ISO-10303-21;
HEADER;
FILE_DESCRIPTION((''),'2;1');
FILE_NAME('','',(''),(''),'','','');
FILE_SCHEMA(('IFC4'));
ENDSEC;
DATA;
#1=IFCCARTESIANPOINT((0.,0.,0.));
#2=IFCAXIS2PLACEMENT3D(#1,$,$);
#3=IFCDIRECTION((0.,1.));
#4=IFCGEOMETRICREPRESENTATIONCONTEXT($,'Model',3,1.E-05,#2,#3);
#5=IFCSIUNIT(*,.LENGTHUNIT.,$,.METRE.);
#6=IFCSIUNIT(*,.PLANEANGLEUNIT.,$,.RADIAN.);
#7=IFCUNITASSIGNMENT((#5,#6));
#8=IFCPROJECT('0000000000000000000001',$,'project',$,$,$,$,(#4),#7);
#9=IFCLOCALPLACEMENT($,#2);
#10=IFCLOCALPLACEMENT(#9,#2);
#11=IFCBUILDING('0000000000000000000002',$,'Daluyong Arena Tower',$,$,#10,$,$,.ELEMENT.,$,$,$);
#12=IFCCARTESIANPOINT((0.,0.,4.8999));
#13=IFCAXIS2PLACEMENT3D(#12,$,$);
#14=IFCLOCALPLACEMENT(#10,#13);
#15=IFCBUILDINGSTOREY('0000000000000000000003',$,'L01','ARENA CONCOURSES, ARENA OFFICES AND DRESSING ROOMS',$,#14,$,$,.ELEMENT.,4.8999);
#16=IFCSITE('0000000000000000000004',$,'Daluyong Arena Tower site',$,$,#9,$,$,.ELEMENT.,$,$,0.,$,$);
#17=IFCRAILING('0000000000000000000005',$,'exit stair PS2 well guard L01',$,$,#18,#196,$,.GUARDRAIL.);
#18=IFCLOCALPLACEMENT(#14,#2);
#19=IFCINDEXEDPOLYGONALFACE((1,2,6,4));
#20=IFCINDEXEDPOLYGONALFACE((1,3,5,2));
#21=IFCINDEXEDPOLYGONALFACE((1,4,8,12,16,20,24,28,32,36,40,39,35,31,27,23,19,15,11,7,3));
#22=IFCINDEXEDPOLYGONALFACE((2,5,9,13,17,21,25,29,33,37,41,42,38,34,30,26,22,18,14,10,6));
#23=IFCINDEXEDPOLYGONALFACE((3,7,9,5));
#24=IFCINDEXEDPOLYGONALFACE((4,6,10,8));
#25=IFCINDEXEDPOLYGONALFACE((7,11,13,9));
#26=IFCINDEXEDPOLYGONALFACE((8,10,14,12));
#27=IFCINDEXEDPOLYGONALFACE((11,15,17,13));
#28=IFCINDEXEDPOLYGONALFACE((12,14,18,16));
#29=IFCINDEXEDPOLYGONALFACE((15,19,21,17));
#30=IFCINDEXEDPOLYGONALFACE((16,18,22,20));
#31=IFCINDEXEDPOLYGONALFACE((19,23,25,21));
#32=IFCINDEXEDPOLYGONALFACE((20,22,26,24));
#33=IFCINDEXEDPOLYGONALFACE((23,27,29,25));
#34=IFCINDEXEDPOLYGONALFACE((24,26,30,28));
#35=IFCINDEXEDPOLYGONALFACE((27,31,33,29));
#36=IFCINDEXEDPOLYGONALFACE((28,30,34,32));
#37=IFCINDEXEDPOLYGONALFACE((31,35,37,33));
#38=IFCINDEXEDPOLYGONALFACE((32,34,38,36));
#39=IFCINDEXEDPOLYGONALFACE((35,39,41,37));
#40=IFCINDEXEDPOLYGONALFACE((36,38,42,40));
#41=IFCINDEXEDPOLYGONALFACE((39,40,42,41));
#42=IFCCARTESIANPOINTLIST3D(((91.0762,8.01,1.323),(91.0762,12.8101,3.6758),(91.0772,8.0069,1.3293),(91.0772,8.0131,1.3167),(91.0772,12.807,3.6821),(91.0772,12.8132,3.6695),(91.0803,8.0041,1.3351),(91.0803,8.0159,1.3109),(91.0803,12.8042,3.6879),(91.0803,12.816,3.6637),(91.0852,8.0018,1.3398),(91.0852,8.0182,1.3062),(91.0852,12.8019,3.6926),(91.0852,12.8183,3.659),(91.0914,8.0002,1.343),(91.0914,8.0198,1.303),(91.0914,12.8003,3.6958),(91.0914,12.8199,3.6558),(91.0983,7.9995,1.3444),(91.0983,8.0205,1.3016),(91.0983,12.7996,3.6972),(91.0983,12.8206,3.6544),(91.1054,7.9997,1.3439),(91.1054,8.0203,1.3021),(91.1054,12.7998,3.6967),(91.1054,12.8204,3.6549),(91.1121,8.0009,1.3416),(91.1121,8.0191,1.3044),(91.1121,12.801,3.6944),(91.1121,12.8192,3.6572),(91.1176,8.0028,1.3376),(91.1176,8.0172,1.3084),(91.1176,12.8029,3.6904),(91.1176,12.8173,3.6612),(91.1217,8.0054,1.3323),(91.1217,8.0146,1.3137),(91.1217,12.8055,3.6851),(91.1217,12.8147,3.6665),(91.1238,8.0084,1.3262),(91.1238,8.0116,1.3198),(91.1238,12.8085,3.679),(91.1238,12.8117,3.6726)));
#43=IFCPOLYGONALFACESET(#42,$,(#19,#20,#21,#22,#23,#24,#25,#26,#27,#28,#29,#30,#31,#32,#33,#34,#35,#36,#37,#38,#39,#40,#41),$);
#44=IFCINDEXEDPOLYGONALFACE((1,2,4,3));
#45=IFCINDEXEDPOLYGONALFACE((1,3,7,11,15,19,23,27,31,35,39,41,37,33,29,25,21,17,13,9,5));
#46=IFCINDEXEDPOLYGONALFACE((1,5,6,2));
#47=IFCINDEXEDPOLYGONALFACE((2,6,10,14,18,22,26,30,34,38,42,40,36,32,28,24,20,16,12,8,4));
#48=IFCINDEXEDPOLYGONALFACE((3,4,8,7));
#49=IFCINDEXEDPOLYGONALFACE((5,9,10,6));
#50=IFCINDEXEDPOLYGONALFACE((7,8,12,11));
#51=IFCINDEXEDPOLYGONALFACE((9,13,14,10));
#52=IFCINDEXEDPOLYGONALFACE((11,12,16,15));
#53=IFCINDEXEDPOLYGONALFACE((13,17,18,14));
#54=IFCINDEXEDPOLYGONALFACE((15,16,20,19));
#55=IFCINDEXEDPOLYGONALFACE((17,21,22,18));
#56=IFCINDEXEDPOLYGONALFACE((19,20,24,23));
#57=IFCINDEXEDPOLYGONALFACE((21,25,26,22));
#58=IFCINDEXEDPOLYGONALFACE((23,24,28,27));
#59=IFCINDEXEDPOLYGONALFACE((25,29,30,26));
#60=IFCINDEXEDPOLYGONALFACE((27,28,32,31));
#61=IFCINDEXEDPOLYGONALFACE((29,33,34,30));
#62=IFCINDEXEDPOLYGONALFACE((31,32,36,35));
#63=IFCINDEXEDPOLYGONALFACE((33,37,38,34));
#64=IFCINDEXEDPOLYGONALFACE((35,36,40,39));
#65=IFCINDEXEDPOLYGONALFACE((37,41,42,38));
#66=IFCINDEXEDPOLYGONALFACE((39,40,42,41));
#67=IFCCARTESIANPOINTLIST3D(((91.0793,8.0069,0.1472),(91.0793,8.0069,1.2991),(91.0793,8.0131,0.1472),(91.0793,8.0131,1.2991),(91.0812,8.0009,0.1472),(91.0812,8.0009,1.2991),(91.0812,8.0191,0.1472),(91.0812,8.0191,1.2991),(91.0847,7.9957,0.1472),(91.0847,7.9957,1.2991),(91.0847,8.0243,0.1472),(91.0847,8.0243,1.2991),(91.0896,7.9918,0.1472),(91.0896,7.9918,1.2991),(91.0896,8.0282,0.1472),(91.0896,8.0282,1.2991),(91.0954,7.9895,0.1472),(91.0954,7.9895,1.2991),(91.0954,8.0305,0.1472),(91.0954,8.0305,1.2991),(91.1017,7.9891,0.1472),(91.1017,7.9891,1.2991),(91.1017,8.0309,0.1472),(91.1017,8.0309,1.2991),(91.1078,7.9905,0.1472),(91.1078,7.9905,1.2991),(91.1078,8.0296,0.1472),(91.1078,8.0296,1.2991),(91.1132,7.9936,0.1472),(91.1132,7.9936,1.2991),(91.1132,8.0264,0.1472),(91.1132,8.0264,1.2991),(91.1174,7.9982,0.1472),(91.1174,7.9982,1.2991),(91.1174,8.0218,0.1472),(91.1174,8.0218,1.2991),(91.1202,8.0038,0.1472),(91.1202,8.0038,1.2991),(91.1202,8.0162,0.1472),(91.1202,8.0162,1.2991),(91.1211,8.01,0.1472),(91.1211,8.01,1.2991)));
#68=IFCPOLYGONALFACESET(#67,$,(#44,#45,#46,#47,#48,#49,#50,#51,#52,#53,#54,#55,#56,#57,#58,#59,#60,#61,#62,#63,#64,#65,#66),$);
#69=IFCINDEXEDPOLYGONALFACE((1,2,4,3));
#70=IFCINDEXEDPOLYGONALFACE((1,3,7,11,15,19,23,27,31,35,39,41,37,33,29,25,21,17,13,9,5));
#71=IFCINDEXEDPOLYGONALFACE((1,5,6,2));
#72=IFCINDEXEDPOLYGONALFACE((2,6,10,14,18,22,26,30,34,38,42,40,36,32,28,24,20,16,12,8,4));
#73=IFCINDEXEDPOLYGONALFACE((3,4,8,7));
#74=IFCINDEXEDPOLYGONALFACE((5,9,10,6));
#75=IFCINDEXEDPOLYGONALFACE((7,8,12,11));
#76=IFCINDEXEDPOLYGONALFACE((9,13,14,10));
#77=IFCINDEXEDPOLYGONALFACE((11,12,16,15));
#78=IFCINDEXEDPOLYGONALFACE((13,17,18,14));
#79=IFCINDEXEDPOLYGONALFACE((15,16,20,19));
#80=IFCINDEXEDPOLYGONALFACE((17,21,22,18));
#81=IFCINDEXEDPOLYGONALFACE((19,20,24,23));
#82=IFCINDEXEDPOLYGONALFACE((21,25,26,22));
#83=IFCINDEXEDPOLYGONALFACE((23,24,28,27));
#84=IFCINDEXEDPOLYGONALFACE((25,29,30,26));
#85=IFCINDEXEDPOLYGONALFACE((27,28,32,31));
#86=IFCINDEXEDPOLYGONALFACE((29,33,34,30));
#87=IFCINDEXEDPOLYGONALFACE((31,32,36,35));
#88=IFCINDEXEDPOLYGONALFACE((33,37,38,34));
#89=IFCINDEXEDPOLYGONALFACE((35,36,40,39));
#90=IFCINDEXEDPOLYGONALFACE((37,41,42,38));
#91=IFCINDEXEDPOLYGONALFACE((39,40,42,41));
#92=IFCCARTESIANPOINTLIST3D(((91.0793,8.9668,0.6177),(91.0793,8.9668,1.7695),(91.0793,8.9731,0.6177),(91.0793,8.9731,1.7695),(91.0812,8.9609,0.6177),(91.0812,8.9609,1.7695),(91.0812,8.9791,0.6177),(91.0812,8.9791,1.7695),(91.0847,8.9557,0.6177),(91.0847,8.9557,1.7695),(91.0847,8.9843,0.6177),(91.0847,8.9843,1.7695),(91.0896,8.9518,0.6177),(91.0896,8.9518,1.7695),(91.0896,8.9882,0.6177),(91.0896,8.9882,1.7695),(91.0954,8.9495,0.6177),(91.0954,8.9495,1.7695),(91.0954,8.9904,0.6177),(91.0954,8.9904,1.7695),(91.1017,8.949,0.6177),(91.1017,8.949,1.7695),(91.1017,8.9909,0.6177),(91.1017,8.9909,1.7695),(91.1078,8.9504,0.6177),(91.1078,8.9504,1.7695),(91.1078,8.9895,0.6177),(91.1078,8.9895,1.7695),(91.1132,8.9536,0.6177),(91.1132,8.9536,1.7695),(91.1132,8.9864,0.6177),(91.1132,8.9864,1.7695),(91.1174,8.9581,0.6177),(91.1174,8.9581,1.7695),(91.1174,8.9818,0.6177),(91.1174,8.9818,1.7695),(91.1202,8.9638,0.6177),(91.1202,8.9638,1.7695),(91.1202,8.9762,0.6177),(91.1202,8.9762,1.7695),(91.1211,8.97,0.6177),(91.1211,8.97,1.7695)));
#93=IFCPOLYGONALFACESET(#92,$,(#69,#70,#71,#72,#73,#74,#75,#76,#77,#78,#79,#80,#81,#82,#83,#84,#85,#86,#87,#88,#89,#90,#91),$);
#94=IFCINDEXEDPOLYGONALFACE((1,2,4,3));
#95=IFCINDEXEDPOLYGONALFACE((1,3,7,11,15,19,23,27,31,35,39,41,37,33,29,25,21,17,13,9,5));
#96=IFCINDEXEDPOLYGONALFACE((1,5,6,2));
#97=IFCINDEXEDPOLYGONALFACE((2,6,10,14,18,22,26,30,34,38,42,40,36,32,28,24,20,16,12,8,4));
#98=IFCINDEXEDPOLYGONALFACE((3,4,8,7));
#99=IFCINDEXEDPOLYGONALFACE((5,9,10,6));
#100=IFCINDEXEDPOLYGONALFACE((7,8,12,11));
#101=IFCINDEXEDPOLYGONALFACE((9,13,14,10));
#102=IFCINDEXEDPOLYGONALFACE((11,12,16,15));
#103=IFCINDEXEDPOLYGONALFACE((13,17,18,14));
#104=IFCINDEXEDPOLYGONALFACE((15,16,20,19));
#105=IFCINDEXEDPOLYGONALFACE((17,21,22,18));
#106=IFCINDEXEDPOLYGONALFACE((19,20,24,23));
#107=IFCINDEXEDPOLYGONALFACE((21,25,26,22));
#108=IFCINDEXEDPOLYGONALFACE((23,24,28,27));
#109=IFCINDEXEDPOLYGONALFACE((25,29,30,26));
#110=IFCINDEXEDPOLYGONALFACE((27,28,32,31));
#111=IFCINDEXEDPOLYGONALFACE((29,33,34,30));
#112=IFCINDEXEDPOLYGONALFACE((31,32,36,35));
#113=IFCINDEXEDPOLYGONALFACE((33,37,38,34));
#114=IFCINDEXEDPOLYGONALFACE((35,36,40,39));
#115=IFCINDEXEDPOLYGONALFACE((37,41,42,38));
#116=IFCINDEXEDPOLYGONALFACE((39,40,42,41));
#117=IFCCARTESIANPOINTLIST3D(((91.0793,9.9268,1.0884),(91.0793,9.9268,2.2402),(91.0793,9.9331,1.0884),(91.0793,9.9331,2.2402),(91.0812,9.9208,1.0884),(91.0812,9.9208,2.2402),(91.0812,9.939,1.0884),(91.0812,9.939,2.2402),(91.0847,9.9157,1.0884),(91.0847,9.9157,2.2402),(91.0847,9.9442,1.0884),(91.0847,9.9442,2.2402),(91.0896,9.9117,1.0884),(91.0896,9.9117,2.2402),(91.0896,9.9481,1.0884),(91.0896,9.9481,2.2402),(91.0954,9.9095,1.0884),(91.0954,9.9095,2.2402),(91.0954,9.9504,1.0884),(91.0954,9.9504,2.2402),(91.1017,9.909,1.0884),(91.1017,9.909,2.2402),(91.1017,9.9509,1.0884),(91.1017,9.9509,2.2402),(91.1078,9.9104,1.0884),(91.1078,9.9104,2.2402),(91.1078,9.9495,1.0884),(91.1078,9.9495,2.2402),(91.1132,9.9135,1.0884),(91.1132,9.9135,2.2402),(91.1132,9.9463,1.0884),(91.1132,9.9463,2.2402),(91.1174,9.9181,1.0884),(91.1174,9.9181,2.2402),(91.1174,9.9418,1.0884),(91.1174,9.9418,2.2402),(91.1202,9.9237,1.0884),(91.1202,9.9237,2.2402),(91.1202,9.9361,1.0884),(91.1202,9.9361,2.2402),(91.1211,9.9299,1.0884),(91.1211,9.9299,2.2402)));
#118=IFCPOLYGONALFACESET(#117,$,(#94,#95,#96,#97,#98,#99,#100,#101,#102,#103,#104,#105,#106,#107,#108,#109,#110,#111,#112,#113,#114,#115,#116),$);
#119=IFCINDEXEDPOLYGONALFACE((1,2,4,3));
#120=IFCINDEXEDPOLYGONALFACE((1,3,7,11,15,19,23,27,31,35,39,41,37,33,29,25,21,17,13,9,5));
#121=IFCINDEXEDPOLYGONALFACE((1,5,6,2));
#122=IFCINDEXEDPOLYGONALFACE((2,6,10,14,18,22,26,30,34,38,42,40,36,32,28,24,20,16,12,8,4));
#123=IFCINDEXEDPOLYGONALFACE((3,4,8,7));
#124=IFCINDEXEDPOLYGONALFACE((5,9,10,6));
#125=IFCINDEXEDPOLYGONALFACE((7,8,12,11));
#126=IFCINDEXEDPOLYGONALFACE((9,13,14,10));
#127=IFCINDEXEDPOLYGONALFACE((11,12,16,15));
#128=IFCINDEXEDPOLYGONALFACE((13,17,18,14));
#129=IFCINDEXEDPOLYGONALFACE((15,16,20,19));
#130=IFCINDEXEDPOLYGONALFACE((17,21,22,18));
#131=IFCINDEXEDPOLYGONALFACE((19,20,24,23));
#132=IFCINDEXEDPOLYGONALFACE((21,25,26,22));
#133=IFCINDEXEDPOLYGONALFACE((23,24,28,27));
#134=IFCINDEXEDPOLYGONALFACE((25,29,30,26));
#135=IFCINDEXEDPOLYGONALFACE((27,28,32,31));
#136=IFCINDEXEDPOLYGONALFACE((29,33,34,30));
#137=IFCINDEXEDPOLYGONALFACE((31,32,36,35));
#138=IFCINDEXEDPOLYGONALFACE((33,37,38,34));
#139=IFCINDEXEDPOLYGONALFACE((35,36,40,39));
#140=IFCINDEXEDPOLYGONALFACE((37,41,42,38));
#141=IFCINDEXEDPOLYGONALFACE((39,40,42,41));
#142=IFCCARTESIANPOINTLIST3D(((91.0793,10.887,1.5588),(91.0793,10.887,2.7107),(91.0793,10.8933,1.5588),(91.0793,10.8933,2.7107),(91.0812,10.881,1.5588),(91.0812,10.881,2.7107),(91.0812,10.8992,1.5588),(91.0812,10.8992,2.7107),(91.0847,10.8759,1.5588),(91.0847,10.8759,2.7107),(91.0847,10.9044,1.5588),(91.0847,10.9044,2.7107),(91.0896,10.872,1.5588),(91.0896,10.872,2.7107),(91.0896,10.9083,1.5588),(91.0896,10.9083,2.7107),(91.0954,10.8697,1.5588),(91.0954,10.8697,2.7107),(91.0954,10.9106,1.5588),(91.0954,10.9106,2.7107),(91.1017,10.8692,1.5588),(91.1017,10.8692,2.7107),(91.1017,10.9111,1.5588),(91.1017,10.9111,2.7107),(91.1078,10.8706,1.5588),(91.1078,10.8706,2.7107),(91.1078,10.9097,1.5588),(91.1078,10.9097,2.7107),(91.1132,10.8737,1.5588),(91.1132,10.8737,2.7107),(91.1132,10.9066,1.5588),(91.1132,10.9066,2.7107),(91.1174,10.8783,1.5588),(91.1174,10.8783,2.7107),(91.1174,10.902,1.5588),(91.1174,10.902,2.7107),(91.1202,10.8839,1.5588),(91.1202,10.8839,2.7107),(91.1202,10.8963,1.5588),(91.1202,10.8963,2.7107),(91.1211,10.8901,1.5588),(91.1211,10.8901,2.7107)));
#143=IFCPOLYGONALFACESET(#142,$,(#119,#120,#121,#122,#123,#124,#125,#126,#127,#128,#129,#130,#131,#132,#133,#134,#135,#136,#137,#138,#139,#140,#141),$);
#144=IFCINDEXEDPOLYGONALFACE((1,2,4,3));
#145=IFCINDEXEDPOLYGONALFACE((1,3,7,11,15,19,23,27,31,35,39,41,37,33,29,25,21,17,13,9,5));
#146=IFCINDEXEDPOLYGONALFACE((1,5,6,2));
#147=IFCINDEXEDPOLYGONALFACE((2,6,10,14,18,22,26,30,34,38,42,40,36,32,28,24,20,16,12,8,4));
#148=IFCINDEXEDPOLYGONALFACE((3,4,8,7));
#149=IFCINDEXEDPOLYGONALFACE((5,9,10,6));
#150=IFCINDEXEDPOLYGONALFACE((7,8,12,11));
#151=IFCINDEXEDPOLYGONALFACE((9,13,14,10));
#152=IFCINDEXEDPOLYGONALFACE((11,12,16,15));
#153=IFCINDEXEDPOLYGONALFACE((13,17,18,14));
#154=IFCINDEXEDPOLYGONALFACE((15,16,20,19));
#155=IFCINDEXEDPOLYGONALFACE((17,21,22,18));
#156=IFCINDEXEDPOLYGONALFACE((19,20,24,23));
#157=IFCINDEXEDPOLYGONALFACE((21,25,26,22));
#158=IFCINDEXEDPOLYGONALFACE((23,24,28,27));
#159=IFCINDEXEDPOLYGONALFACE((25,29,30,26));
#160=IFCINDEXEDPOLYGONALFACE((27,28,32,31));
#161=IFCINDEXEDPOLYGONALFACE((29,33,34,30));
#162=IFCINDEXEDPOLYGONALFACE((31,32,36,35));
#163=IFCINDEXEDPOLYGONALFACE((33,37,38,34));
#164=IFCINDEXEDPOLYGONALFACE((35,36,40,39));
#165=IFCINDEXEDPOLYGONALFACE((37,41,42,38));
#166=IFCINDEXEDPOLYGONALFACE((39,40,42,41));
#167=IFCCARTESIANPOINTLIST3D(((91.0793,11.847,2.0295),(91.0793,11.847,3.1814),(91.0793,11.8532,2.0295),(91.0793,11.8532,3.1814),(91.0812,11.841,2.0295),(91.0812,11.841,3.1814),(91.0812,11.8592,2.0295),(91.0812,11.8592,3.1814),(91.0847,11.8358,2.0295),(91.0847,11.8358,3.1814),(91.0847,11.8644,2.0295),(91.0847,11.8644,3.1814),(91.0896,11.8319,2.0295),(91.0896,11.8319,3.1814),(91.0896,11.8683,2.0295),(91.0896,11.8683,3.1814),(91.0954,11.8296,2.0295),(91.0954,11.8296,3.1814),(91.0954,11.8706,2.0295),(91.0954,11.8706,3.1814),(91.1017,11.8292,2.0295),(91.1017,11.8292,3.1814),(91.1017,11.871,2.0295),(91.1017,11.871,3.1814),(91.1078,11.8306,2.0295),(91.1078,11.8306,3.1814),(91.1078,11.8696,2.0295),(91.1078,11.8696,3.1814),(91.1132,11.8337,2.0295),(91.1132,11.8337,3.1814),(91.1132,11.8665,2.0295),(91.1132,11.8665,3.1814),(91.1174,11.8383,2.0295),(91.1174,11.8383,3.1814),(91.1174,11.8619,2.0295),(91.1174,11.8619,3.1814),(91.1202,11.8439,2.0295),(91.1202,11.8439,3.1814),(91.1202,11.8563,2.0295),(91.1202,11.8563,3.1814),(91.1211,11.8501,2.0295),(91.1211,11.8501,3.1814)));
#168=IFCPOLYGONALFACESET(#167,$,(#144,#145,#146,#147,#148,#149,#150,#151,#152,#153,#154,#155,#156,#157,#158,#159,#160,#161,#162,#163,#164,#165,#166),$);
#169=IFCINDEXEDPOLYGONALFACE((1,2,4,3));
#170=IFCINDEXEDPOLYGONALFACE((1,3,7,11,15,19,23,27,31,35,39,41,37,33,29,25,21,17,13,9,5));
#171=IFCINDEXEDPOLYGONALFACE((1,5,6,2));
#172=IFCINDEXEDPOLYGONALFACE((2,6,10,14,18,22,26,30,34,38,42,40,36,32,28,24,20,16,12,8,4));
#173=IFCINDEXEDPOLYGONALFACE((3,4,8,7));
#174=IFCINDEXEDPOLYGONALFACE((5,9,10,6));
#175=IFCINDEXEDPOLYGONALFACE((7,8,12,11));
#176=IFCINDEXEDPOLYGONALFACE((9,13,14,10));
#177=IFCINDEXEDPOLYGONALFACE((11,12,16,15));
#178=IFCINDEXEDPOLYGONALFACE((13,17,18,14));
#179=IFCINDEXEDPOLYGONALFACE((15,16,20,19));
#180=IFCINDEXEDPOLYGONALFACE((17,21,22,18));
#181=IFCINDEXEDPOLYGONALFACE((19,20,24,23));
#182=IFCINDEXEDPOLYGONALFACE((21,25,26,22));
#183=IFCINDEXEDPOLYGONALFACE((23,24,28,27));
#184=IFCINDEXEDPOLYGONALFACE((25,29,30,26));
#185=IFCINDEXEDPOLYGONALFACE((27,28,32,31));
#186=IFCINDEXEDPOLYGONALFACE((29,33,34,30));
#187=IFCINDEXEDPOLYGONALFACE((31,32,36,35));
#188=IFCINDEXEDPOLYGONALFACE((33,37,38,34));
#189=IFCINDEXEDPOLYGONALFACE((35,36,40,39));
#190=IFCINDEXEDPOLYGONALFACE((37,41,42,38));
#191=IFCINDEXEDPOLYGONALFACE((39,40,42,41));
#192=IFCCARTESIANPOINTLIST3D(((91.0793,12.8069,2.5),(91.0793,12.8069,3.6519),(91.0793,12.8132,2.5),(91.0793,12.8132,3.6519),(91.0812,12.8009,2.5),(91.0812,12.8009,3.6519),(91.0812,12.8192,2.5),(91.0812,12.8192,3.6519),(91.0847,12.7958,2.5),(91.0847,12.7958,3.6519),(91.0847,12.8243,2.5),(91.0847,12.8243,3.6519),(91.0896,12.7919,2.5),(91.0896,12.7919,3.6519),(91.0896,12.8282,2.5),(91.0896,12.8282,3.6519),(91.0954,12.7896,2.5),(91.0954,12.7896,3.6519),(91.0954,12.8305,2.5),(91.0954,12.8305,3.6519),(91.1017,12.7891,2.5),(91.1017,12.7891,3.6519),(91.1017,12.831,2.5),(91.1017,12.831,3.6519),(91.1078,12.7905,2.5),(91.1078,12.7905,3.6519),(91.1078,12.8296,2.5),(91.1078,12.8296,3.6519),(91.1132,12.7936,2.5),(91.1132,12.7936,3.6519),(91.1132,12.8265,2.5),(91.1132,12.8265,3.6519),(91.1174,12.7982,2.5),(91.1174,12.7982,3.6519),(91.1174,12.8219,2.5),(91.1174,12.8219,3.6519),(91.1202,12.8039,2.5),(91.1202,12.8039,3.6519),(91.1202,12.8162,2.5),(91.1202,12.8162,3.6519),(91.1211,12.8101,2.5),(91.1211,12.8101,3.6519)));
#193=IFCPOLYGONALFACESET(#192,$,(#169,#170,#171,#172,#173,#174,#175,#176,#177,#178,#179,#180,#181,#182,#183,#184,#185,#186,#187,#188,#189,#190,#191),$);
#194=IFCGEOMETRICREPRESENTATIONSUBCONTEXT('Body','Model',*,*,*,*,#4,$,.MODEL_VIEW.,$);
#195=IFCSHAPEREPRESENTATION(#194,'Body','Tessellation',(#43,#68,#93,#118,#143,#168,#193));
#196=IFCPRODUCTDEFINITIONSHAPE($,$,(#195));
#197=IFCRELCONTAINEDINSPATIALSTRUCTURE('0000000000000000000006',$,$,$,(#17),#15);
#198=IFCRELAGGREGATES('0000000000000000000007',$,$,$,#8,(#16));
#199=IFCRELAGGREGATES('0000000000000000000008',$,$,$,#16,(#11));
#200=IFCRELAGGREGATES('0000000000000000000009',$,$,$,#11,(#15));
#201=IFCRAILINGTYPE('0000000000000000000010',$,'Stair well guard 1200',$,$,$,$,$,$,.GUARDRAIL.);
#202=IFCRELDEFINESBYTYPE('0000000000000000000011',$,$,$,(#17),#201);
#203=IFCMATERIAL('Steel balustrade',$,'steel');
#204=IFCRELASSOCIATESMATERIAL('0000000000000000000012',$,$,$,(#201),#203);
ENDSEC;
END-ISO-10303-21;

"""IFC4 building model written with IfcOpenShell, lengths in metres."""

from ifc_helpers import new_model, si_unit, direction, frame, origin, origin_2d, place, context, subcontext, project, spatial, circle, extrude, material, type_object, element, save


model = new_model("IFC4")

# Units and contexts
model_context = context("Model", 3, precision=1e-05, world=origin(), true_north=direction((0.0, 1.0)))
body_context = subcontext(model_context, "Body", "Model", "MODEL_VIEW")
ifc_project = project(units=[si_unit("LENGTHUNIT", "METRE"), si_unit("PLANEANGLEUNIT", "RADIAN")], contexts=[model_context])

# Site, building, storey
site_placement = place(None, origin())
site = spatial("IfcSite", under=ifc_project, at=site_placement, Name="Daluyong Arena Tower site", CompositionType="ELEMENT", RefElevation=0.0)
building_placement = place(site_placement, origin())
building = spatial("IfcBuilding", under=site, at=building_placement, Name="Daluyong Arena Tower", CompositionType="ELEMENT")
storey_placement = place(building_placement, frame((0.0, 0.0, 4.8999)))
storey = spatial("IfcBuildingStorey", under=building, at=storey_placement, Name="L01", Description="ARENA CONCOURSES, ARENA OFFICES AND DRESSING ROOMS", CompositionType="ELEMENT", Elevation=4.8999)

# Railing
ifc_material_1 = material(Name="Steel balustrade", Category="steel")
railing_type_1 = type_object("IfcRailingType", Name="Stair well guard 1200", PredefinedType="GUARDRAIL", material=ifc_material_1)
railing_1_placement = place(storey_placement, frame((91.1001, 8.01, 0.1472)))
element("IfcRailing", 1, at=railing_1_placement, inside=storey, type_object=railing_type_1, Name="exit stair PS2 well guard L01", PredefinedType="GUARDRAIL", context=body_context, shape_type="SweptSolid", body=[
    extrude(circle(Radius=0.0239, at=origin_2d()), frame((0.0, 0.0, 1.1758), z_axis=(0.0, 0.897934, 0.44013), x_axis=(-1.0, 0.0, 0.0)), (0.0, 0.0, 1.0), 5.3457),
    extrude(circle(Radius=0.021, at=origin_2d()), origin(), (0.0, 0.0, 1.0), 1.1519),
    extrude(circle(Radius=0.021, at=origin_2d()), frame((0.0, 0.96, 0.4705)), (0.0, 0.0, 1.0), 1.1519),
    extrude(circle(Radius=0.021, at=origin_2d()), frame((0.0, 1.9199, 0.9412)), (0.0, 0.0, 1.0), 1.1519),
    extrude(circle(Radius=0.021, at=origin_2d()), frame((0.0, 2.8801, 1.4116)), (0.0, 0.0, 1.0), 1.1519),
    extrude(circle(Radius=0.021, at=origin_2d()), frame((0.0, 3.8401, 1.8823)), (0.0, 0.0, 1.0), 1.1519),
    extrude(circle(Radius=0.021, at=origin_2d()), frame((0.0, 4.8, 2.3528)), (0.0, 0.0, 1.0), 1.1519),
])

save(model, "model.ifc")
